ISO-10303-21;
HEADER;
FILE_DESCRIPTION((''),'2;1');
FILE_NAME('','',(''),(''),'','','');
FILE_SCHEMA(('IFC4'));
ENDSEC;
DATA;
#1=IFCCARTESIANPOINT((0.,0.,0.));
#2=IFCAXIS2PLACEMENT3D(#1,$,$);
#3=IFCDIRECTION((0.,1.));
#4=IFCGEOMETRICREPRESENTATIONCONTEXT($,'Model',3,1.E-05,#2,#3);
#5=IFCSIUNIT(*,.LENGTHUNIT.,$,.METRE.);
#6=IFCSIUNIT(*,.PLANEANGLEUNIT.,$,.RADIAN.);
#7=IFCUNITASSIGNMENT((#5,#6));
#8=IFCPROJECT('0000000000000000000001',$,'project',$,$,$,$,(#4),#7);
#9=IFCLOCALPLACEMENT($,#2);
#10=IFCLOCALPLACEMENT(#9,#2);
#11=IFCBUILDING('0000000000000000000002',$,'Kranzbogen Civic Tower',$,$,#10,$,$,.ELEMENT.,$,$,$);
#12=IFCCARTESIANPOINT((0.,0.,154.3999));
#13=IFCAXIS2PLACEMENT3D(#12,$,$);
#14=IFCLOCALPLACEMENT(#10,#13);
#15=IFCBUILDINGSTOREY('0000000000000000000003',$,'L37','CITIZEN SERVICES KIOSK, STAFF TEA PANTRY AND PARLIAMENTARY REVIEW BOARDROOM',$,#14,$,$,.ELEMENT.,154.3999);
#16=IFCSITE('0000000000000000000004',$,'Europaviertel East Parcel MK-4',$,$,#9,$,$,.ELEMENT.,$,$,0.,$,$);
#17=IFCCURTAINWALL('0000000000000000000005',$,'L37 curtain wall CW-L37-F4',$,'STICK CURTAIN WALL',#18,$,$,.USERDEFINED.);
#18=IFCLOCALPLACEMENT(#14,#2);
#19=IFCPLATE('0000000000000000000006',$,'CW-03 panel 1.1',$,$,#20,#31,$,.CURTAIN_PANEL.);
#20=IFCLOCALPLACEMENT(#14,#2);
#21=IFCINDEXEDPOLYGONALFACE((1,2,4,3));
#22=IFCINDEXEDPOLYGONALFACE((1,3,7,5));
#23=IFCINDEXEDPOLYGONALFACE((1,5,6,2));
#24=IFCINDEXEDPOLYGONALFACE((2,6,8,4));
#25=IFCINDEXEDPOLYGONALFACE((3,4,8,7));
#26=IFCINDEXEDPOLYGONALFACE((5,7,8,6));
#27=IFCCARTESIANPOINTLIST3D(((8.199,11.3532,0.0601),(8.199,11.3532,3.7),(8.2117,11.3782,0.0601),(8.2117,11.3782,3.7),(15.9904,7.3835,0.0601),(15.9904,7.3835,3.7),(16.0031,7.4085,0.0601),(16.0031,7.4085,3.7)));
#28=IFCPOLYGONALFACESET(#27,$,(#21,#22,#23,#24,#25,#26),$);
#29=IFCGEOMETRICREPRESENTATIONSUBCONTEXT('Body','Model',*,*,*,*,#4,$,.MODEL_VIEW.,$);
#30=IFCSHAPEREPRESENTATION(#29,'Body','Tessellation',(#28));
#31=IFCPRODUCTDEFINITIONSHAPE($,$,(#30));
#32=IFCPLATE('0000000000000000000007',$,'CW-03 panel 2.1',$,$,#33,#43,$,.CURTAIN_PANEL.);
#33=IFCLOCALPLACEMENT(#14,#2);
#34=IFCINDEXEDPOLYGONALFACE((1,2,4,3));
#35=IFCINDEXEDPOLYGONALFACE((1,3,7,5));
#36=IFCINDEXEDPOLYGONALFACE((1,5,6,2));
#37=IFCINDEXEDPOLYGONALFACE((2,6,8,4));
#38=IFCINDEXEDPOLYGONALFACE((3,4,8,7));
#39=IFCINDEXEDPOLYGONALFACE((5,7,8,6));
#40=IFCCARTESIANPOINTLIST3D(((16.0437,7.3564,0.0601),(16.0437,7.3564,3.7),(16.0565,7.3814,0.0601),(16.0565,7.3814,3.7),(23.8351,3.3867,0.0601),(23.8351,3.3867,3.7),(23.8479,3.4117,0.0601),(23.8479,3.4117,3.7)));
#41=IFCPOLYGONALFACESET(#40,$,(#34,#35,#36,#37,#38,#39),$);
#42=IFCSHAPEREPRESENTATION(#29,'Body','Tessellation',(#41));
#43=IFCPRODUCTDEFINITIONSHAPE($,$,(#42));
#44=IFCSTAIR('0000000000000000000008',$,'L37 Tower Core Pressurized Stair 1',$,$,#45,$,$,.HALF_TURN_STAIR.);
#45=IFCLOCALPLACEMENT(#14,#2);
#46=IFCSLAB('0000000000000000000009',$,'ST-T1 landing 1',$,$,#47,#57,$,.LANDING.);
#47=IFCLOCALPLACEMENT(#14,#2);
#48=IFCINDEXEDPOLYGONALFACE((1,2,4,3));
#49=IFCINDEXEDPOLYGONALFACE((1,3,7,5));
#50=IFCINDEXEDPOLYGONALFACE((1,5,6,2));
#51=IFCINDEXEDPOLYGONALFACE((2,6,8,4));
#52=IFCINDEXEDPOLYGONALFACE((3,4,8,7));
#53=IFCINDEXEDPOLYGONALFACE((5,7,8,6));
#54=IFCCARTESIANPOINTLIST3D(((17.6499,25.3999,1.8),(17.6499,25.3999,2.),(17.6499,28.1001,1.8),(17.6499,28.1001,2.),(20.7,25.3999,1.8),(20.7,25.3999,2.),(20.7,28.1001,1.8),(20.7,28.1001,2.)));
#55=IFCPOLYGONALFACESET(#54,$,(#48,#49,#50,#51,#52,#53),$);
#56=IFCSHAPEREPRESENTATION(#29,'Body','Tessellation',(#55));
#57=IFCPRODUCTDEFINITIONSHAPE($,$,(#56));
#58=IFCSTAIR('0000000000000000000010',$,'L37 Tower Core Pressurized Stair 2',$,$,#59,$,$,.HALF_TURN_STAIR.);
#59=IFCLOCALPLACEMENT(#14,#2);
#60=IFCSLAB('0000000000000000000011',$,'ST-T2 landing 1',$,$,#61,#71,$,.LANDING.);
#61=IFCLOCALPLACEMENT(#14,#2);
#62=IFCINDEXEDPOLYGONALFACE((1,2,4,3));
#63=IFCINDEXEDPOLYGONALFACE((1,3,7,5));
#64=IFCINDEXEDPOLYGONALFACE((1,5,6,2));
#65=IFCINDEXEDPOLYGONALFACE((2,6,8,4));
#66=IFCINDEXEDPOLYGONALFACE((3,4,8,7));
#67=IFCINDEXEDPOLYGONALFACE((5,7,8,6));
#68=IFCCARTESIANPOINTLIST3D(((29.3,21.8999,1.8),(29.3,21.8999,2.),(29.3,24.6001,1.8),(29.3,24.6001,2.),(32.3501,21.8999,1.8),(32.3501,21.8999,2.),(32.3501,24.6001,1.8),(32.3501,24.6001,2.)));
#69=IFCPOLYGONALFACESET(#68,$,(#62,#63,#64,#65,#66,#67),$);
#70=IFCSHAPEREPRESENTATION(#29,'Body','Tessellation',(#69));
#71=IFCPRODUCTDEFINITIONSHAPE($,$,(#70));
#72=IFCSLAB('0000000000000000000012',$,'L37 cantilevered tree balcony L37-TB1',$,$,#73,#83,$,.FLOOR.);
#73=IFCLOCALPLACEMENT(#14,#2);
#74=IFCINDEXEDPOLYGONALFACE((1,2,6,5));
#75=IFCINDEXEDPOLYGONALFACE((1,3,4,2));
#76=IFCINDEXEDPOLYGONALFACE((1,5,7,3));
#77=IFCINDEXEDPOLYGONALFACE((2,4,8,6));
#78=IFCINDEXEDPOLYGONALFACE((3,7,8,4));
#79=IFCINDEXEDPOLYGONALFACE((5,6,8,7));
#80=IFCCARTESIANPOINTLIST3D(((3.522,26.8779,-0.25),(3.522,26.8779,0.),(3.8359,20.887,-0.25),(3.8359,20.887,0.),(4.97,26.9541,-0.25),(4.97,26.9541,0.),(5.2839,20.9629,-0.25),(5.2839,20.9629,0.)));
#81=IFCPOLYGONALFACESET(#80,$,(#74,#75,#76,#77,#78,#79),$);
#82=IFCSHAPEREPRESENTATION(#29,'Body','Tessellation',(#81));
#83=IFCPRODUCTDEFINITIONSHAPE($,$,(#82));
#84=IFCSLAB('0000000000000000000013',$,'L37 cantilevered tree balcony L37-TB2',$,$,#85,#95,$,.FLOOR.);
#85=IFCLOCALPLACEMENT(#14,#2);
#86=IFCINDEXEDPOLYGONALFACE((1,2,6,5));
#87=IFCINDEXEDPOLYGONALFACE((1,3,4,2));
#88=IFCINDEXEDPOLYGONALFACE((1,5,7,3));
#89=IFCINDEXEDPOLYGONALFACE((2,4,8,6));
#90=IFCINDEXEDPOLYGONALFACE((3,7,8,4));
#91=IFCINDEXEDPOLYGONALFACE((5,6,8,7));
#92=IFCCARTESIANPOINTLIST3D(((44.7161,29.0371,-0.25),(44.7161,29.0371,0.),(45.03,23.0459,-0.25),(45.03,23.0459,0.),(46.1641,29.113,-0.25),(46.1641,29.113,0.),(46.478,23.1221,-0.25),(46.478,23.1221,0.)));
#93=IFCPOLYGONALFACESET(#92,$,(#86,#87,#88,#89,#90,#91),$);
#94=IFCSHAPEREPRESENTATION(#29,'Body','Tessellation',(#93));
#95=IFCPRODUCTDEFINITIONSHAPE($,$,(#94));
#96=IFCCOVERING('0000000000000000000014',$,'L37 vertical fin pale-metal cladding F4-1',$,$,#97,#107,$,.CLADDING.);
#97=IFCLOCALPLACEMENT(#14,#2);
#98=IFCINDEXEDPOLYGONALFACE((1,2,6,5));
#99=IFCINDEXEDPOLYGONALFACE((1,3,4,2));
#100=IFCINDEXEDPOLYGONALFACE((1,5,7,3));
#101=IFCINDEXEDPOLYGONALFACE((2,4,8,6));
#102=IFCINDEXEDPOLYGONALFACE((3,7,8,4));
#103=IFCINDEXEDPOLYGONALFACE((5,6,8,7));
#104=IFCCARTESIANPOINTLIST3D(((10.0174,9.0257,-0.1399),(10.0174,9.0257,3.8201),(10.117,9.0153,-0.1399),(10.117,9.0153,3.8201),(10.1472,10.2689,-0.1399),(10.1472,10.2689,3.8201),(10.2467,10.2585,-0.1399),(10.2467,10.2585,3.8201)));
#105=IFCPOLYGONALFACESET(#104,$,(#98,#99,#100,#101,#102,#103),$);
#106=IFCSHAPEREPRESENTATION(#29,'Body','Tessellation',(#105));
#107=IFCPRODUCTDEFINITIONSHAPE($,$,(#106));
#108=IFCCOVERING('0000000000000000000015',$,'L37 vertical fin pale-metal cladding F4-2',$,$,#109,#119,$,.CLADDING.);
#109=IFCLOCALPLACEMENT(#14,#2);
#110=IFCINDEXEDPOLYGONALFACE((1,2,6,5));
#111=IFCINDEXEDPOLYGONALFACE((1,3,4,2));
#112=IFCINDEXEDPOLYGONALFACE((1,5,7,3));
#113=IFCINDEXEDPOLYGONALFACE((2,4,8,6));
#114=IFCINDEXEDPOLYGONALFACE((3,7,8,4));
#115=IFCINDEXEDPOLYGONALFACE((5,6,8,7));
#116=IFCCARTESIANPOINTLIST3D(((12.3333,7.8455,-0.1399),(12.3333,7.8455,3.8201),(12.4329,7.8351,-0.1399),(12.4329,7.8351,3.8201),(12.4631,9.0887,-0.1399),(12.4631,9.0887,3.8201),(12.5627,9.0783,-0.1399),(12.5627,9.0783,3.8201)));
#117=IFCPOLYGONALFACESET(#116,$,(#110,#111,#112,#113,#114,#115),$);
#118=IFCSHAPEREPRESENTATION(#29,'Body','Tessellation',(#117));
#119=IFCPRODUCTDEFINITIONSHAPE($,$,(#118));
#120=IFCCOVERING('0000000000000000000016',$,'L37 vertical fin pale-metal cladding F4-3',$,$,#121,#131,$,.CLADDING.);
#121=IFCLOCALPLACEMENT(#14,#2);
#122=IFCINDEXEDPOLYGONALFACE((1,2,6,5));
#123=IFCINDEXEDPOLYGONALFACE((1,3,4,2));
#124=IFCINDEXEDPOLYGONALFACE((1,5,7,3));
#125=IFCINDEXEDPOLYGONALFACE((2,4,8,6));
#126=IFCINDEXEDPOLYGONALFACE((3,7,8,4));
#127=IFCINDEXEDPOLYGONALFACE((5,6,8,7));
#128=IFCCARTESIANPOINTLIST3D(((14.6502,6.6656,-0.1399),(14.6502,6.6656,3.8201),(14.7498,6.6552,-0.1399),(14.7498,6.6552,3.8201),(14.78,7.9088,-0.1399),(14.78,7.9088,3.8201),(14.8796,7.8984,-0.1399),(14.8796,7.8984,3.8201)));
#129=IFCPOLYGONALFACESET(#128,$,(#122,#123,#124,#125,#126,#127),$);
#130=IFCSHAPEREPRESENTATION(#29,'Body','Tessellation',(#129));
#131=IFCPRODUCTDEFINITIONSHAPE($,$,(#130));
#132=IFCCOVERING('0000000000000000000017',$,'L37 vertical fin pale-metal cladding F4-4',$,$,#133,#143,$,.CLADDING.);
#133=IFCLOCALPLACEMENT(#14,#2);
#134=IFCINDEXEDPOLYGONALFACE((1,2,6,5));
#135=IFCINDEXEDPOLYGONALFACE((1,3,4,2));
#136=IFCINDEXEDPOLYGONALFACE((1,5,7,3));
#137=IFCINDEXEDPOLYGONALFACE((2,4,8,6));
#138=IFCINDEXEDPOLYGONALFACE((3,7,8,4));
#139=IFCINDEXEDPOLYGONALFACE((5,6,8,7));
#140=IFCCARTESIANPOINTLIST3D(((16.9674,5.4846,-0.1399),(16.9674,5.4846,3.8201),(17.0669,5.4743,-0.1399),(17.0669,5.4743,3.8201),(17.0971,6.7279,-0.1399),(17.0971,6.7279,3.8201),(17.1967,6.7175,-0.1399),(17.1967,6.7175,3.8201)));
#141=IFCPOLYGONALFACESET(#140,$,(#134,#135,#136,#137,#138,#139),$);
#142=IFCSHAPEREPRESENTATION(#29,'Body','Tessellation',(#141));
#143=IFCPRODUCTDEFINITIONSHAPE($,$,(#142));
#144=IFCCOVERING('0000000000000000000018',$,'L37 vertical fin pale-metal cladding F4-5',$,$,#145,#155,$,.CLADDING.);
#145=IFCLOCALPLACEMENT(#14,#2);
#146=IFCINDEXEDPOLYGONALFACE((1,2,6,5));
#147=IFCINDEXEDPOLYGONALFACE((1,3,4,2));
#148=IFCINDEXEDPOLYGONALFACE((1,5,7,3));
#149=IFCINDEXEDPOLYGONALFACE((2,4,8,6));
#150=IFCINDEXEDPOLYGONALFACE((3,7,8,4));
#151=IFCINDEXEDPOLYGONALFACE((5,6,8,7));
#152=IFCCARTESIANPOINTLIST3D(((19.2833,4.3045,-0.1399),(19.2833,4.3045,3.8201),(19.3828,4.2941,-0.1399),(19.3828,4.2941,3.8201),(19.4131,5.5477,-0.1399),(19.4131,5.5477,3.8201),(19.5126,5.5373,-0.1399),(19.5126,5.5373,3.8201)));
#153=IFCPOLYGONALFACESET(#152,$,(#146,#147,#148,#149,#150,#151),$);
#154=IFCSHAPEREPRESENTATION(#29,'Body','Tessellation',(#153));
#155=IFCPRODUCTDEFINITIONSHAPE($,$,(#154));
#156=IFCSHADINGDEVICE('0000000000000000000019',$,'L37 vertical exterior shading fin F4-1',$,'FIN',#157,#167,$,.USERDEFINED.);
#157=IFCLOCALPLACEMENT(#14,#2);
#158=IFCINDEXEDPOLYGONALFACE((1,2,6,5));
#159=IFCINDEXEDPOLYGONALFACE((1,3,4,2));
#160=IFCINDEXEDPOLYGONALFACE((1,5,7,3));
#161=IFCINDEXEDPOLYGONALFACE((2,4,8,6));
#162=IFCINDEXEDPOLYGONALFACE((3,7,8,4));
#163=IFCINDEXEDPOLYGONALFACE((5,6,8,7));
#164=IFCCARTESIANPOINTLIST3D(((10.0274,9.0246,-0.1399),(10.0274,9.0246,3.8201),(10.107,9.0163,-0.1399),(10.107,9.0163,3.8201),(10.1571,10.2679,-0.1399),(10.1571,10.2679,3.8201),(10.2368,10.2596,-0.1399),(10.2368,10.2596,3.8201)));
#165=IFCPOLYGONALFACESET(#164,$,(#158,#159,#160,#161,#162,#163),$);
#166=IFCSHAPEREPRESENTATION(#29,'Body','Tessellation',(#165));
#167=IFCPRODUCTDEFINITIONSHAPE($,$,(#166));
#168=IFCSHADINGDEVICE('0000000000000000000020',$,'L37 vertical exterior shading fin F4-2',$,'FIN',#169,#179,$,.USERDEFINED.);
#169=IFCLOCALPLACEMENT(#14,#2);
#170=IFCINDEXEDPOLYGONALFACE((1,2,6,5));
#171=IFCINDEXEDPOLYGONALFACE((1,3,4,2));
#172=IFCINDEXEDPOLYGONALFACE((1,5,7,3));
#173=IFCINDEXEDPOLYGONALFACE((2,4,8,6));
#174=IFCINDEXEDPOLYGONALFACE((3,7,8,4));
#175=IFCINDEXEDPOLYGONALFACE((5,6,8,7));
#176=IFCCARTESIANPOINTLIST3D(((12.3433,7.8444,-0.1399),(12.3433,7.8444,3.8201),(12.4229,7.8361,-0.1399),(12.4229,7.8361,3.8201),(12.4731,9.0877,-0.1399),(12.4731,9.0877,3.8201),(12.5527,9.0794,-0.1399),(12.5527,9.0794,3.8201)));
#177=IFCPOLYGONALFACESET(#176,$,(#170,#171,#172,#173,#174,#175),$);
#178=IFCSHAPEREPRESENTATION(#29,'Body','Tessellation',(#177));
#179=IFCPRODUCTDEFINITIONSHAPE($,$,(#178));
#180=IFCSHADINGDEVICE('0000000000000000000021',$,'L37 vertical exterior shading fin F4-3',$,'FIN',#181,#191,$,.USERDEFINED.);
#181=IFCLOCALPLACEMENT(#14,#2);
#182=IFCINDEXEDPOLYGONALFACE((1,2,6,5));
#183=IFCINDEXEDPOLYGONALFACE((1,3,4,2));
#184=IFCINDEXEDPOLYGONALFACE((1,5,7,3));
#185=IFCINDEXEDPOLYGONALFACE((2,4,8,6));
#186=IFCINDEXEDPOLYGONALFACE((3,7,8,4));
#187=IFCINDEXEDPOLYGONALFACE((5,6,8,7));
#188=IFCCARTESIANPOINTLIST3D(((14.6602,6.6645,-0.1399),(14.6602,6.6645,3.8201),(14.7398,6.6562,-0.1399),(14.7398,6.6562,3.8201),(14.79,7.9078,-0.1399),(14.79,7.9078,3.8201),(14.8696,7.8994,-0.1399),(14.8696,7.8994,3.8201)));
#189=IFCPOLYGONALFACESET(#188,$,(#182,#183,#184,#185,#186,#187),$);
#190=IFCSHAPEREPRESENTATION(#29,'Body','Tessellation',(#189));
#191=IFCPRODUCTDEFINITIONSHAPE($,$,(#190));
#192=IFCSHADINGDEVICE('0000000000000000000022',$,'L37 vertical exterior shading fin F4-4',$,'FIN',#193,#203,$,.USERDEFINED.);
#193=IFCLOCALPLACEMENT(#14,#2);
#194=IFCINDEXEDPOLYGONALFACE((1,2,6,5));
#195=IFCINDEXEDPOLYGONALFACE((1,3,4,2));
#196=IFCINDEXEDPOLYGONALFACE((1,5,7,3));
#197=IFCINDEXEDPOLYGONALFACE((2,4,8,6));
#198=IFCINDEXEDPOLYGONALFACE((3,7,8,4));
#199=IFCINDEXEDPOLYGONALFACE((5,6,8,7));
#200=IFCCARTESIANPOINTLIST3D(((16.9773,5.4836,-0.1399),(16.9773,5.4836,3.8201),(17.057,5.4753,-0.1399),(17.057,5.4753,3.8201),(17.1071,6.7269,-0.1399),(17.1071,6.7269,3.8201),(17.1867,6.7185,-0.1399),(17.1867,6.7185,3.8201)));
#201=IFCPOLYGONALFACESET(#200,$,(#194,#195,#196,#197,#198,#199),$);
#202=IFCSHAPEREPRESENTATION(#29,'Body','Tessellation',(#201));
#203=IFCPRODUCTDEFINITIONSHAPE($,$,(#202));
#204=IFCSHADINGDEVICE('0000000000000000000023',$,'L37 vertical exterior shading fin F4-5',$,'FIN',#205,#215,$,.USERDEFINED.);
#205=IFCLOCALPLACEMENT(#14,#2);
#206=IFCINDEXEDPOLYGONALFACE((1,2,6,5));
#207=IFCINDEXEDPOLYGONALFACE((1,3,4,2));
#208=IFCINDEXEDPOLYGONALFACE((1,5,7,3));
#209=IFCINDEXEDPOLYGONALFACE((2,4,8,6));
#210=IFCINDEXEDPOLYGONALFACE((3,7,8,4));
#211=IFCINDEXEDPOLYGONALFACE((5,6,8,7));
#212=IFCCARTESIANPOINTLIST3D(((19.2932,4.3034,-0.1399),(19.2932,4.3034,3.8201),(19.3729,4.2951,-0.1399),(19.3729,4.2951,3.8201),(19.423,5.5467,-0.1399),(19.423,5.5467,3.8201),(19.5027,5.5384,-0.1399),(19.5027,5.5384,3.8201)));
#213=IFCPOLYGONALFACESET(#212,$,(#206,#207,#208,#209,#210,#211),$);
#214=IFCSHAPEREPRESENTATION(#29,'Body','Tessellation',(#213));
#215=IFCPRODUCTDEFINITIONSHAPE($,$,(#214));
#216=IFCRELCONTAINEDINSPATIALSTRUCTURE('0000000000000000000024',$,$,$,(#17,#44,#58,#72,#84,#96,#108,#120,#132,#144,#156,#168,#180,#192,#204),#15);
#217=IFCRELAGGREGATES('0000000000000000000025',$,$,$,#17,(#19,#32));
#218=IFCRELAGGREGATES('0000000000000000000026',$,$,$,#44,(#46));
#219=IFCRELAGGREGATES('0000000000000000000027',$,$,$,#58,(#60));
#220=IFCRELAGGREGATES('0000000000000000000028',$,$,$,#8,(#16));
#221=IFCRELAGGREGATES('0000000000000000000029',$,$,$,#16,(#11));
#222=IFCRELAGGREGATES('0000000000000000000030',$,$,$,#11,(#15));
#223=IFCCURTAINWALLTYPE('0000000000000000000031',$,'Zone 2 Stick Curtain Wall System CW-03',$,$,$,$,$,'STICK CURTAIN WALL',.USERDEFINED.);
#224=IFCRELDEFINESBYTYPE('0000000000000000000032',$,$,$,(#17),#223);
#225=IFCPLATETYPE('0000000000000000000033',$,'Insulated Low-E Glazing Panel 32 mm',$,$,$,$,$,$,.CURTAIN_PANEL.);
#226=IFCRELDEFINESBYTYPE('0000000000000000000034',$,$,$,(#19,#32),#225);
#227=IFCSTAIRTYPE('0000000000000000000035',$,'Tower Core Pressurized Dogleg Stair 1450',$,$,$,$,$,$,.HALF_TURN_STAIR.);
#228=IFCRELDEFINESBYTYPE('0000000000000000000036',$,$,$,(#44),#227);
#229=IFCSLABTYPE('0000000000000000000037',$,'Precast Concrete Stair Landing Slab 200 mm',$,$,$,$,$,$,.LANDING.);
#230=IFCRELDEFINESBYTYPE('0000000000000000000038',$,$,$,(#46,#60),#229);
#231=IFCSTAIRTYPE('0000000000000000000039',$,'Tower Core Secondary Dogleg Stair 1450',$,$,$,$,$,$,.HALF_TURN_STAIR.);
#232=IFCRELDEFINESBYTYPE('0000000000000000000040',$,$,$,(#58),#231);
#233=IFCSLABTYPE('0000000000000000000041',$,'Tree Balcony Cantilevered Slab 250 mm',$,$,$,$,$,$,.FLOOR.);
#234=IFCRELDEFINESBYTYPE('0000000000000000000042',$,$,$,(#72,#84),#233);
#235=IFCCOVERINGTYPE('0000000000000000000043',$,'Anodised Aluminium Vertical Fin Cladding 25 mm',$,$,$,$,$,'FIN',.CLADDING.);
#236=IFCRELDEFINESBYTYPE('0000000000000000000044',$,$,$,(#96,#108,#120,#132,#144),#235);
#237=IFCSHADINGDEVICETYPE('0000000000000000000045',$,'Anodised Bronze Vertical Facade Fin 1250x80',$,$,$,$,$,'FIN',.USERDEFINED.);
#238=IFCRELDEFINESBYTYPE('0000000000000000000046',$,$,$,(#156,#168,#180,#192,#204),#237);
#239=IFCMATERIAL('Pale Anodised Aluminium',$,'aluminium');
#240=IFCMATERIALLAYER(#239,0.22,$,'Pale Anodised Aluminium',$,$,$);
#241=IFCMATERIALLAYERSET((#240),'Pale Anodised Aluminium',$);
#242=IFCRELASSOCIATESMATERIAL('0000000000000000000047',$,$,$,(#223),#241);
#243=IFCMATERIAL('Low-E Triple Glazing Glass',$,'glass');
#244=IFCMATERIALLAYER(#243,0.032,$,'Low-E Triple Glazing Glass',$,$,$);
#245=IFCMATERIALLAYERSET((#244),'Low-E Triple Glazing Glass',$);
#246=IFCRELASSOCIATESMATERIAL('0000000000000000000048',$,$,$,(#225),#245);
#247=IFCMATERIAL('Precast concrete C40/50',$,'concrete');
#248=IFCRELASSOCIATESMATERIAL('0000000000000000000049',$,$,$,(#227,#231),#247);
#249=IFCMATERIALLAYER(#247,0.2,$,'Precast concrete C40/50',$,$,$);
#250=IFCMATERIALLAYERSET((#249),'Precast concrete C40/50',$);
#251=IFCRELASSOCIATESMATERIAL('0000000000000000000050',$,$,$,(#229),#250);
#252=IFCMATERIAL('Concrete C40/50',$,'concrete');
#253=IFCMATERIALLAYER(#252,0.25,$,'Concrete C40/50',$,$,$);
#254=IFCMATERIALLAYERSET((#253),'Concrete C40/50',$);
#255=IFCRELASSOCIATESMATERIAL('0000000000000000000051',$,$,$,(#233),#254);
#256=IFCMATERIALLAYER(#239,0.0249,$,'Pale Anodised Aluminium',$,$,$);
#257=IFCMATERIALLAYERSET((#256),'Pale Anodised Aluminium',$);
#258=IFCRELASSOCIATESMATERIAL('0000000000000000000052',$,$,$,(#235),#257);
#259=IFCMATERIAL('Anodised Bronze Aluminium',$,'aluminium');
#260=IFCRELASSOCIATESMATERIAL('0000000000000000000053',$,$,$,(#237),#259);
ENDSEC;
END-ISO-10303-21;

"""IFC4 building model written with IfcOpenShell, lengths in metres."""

from ifc_helpers import new_model, si_unit, direction, frame, origin, origin_2d, place, context, subcontext, project, spatial, polyline, rectangle, outline, extrude, material, layer, layer_set, type_object, element, aggregate, save


model = new_model("IFC4")

# Units and contexts
model_context = context("Model", 3, precision=1e-05, world=origin(), true_north=direction((0.0, 1.0)))
body_context = subcontext(model_context, "Body", "Model", "MODEL_VIEW")
ifc_project = project(units=[si_unit("LENGTHUNIT", "METRE"), si_unit("PLANEANGLEUNIT", "RADIAN")], contexts=[model_context])

# Site, building, storey
site_placement = place(None, origin())
site = spatial("IfcSite", under=ifc_project, at=site_placement, Name="Europaviertel East Parcel MK-4", CompositionType="ELEMENT", RefElevation=0.0)
building_placement = place(site_placement, origin())
building = spatial("IfcBuilding", under=site, at=building_placement, Name="Kranzbogen Civic Tower", CompositionType="ELEMENT")
storey_placement = place(building_placement, frame((0.0, 0.0, 154.3999)))
storey = spatial("IfcBuildingStorey", under=building, at=storey_placement, Name="L37", Description="CITIZEN SERVICES KIOSK, STAFF TEA PANTRY AND PARLIAMENTARY REVIEW BOARDROOM", CompositionType="ELEMENT", Elevation=154.3999)

# Curtain wall
ifc_material_1 = material(Name="Pale Anodised Aluminium", Category="aluminium")
ifc_layer_1 = layer(ifc_material_1, 0.22, Name="Pale Anodised Aluminium")
ifc_layer_set_1 = layer_set([ifc_layer_1], Name="Pale Anodised Aluminium")
curtain_wall_type = type_object("IfcCurtainWallType", Name="Zone 2 Stick Curtain Wall System CW-03", ElementType="STICK CURTAIN WALL", PredefinedType="USERDEFINED", material=ifc_layer_set_1)
curtain_wall_placement = place(storey_placement, origin())
curtain_wall = element("IfcCurtainWall", 1, at=curtain_wall_placement, inside=storey, type_object=curtain_wall_type, Name="L37 curtain wall CW-L37-F4", ObjectType="STICK CURTAIN WALL", PredefinedType="USERDEFINED")

# Shared definitions
ifc_material_2 = material(Name="Concrete C40/50", Category="concrete")

# Plates
ifc_material_3 = material(Name="Low-E Triple Glazing Glass", Category="glass")
ifc_layer_2 = layer(ifc_material_3, 0.032, Name="Low-E Triple Glazing Glass")
ifc_layer_set_2 = layer_set([ifc_layer_2], Name="Low-E Triple Glazing Glass")
plate_type = type_object("IfcPlateType", Name="Insulated Low-E Glazing Panel 32 mm", PredefinedType="CURTAIN_PANEL", material=ifc_layer_set_2)
plate_1_placement = place(storey_placement, frame((12.1011, 9.3809, 0.0601), z_axis=(0.0, 0.0, 1.0), x_axis=(0.891017, -0.45397, 0.0)))
plate_1 = element("IfcPlate", 2, at=plate_1_placement, type_object=plate_type, Name="CW-03 panel 1.1", PredefinedType="CURTAIN_PANEL", context=body_context, shape_type="SweptSolid", body=[
    extrude(rectangle(XDim=8.7444, YDim=0.0281, at=origin_2d()), origin(), (0.0, 0.0, 1.0), 3.6399),
])
plate_2_placement = place(storey_placement, frame((19.9458, 5.384, 0.0601), z_axis=(0.0, 0.0, 1.0), x_axis=(0.891017, -0.45397, 0.0)))
plate_2 = element("IfcPlate", 3, at=plate_2_placement, type_object=plate_type, Name="CW-03 panel 2.1", PredefinedType="CURTAIN_PANEL", context=body_context, shape_type="SweptSolid", body=[
    extrude(rectangle(XDim=8.7444, YDim=0.0281, at=origin_2d()), origin(), (0.0, 0.0, 1.0), 3.6399),
])
aggregate(curtain_wall, [plate_1, plate_2])

# Stairs, slabs
ifc_material_4 = material(Name="Precast concrete C40/50", Category="concrete")
stair_type_1 = type_object("IfcStairType", Name="Tower Core Pressurized Dogleg Stair 1450", PredefinedType="HALF_TURN_STAIR", material=ifc_material_4)
stair_1_placement = place(storey_placement, origin())
stair_1 = element("IfcStair", 4, at=stair_1_placement, inside=storey, type_object=stair_type_1, Name="L37 Tower Core Pressurized Stair 1", PredefinedType="HALF_TURN_STAIR")
ifc_layer_3 = layer(ifc_material_4, 0.2, Name="Precast concrete C40/50")
ifc_layer_set_3 = layer_set([ifc_layer_3], Name="Precast concrete C40/50")
slab_type_1 = type_object("IfcSlabType", Name="Precast Concrete Stair Landing Slab 200 mm", PredefinedType="LANDING", material=ifc_layer_set_3)
slab_1_placement = place(storey_placement, frame((0.0, 0.0, 1.8)))
slab_1 = element("IfcSlab", 5, at=slab_1_placement, type_object=slab_type_1, Name="ST-T1 landing 1", PredefinedType="LANDING", context=body_context, shape_type="SweptSolid", body=[
    extrude(outline(polyline([(20.7, 25.3999), (20.7, 28.1001), (17.6499, 28.1001), (17.6499, 25.3999), (20.7, 25.3999)])), origin(), (0.0, 0.0, 1.0), 0.2),
])
aggregate(stair_1, [slab_1])
stair_type_2 = type_object("IfcStairType", Name="Tower Core Secondary Dogleg Stair 1450", PredefinedType="HALF_TURN_STAIR", material=ifc_material_4)
stair_2_placement = place(storey_placement, origin())
stair_2 = element("IfcStair", 6, at=stair_2_placement, inside=storey, type_object=stair_type_2, Name="L37 Tower Core Pressurized Stair 2", PredefinedType="HALF_TURN_STAIR")
slab_2_placement = place(storey_placement, frame((0.0, 0.0, 1.8)))
slab_2 = element("IfcSlab", 7, at=slab_2_placement, type_object=slab_type_1, Name="ST-T2 landing 1", PredefinedType="LANDING", context=body_context, shape_type="SweptSolid", body=[
    extrude(outline(polyline([(29.3, 24.6001), (29.3, 21.8999), (32.3501, 21.8999), (32.3501, 24.6001), (29.3, 24.6001)])), origin(), (0.0, 0.0, 1.0), 0.2),
])
aggregate(stair_2, [slab_2])

# Slabs
ifc_layer_4 = layer(ifc_material_2, 0.25, Name="Concrete C40/50")
ifc_layer_set_4 = layer_set([ifc_layer_4], Name="Concrete C40/50")
slab_type_2 = type_object("IfcSlabType", Name="Tree Balcony Cantilevered Slab 250 mm", PredefinedType="FLOOR", material=ifc_layer_set_4)
slab_3_placement = place(storey_placement, frame((0.0, 0.0, -0.25)))
element("IfcSlab", 8, at=slab_3_placement, inside=storey, type_object=slab_type_2, Name="L37 cantilevered tree balcony L37-TB1", PredefinedType="FLOOR", context=body_context, shape_type="SweptSolid", body=[
    extrude(outline(polyline([(4.97, 26.9541), (5.2839, 20.9629), (3.8359, 20.887), (3.522, 26.8779), (4.97, 26.9541)])), origin(), (0.0, 0.0, 1.0), 0.25),
])
slab_4_placement = place(storey_placement, frame((0.0, 0.0, -0.25)))
element("IfcSlab", 9, at=slab_4_placement, inside=storey, type_object=slab_type_2, Name="L37 cantilevered tree balcony L37-TB2", PredefinedType="FLOOR", context=body_context, shape_type="SweptSolid", body=[
    extrude(outline(polyline([(45.03, 23.0459), (44.7161, 29.0371), (46.1641, 29.113), (46.478, 23.1221), (45.03, 23.0459)])), origin(), (0.0, 0.0, 1.0), 0.25),
])

# Coverings
ifc_layer_5 = layer(ifc_material_1, 0.0249, Name="Pale Anodised Aluminium")
ifc_layer_set_5 = layer_set([ifc_layer_5], Name="Pale Anodised Aluminium")
covering_type_1 = type_object("IfcCoveringType", Name="Anodised Aluminium Vertical Fin Cladding 25 mm", ElementType="FIN", PredefinedType="CLADDING", material=ifc_layer_set_5)
for number, where, z_axis, x_axis, name in (
    (10, (10.1321, 9.6421, -0.1399), (0.0, 0.0, 1.0), (-0.103817, -0.994596, 0.0), "L37 vertical fin pale-metal cladding F4-1"),
    (11, (12.448, 8.4619, -0.1399), (0.0, 0.0, 1.0), (-0.103817, -0.994596, 0.0), "L37 vertical fin pale-metal cladding F4-2"),
    (12, (14.7649, 7.282, -0.1399), (0.0, 0.0, 1.0), (-0.103817, -0.994596, 0.0), "L37 vertical fin pale-metal cladding F4-3"),
    (13, (17.082, 6.1011, -0.1399), (0.0, 0.0, 1.0), (-0.103817, -0.994596, 0.0), "L37 vertical fin pale-metal cladding F4-4"),
    (14, (19.3979, 4.9209, -0.1399), (0.0, 0.0, 1.0), (-0.103817, -0.994596, 0.0), "L37 vertical fin pale-metal cladding F4-5"),
):
    element("IfcCovering", number, at=place(storey_placement, frame(where, z_axis=z_axis, x_axis=x_axis)), inside=storey, type_object=covering_type_1, Name=name, PredefinedType="CLADDING", context=body_context, shape_type="SweptSolid", body=[
        extrude(rectangle(XDim=1.25, YDim=0.1001, at=origin_2d()), origin(), (0.0, 0.0, 1.0), 3.96),
    ])

# Shading devices
ifc_material_5 = material(Name="Anodised Bronze Aluminium", Category="aluminium")
shading_device_type = type_object("IfcShadingDeviceType", Name="Anodised Bronze Vertical Facade Fin 1250x80", ElementType="FIN", PredefinedType="USERDEFINED", material=ifc_material_5)
for number, where, z_axis, x_axis, name in (
    (15, (10.1321, 9.6421, -0.1399), (0.0, 0.0, 1.0), (-0.103817, -0.994596, 0.0), "L37 vertical exterior shading fin F4-1"),
    (16, (12.448, 8.4619, -0.1399), (0.0, 0.0, 1.0), (-0.103817, -0.994596, 0.0), "L37 vertical exterior shading fin F4-2"),
    (17, (14.7649, 7.282, -0.1399), (0.0, 0.0, 1.0), (-0.103817, -0.994596, 0.0), "L37 vertical exterior shading fin F4-3"),
    (18, (17.082, 6.1011, -0.1399), (0.0, 0.0, 1.0), (-0.103817, -0.994596, 0.0), "L37 vertical exterior shading fin F4-4"),
    (19, (19.3979, 4.9209, -0.1399), (0.0, 0.0, 1.0), (-0.103817, -0.994596, 0.0), "L37 vertical exterior shading fin F4-5"),
):
    element("IfcShadingDevice", number, at=place(storey_placement, frame(where, z_axis=z_axis, x_axis=x_axis)), inside=storey, type_object=shading_device_type, Name=name, ObjectType="FIN", PredefinedType="USERDEFINED", context=body_context, shape_type="SweptSolid", body=[
        extrude(rectangle(XDim=1.25, YDim=0.0801, at=origin_2d()), origin(), (0.0, 0.0, 1.0), 3.96),
    ])

save(model, "model.ifc")
